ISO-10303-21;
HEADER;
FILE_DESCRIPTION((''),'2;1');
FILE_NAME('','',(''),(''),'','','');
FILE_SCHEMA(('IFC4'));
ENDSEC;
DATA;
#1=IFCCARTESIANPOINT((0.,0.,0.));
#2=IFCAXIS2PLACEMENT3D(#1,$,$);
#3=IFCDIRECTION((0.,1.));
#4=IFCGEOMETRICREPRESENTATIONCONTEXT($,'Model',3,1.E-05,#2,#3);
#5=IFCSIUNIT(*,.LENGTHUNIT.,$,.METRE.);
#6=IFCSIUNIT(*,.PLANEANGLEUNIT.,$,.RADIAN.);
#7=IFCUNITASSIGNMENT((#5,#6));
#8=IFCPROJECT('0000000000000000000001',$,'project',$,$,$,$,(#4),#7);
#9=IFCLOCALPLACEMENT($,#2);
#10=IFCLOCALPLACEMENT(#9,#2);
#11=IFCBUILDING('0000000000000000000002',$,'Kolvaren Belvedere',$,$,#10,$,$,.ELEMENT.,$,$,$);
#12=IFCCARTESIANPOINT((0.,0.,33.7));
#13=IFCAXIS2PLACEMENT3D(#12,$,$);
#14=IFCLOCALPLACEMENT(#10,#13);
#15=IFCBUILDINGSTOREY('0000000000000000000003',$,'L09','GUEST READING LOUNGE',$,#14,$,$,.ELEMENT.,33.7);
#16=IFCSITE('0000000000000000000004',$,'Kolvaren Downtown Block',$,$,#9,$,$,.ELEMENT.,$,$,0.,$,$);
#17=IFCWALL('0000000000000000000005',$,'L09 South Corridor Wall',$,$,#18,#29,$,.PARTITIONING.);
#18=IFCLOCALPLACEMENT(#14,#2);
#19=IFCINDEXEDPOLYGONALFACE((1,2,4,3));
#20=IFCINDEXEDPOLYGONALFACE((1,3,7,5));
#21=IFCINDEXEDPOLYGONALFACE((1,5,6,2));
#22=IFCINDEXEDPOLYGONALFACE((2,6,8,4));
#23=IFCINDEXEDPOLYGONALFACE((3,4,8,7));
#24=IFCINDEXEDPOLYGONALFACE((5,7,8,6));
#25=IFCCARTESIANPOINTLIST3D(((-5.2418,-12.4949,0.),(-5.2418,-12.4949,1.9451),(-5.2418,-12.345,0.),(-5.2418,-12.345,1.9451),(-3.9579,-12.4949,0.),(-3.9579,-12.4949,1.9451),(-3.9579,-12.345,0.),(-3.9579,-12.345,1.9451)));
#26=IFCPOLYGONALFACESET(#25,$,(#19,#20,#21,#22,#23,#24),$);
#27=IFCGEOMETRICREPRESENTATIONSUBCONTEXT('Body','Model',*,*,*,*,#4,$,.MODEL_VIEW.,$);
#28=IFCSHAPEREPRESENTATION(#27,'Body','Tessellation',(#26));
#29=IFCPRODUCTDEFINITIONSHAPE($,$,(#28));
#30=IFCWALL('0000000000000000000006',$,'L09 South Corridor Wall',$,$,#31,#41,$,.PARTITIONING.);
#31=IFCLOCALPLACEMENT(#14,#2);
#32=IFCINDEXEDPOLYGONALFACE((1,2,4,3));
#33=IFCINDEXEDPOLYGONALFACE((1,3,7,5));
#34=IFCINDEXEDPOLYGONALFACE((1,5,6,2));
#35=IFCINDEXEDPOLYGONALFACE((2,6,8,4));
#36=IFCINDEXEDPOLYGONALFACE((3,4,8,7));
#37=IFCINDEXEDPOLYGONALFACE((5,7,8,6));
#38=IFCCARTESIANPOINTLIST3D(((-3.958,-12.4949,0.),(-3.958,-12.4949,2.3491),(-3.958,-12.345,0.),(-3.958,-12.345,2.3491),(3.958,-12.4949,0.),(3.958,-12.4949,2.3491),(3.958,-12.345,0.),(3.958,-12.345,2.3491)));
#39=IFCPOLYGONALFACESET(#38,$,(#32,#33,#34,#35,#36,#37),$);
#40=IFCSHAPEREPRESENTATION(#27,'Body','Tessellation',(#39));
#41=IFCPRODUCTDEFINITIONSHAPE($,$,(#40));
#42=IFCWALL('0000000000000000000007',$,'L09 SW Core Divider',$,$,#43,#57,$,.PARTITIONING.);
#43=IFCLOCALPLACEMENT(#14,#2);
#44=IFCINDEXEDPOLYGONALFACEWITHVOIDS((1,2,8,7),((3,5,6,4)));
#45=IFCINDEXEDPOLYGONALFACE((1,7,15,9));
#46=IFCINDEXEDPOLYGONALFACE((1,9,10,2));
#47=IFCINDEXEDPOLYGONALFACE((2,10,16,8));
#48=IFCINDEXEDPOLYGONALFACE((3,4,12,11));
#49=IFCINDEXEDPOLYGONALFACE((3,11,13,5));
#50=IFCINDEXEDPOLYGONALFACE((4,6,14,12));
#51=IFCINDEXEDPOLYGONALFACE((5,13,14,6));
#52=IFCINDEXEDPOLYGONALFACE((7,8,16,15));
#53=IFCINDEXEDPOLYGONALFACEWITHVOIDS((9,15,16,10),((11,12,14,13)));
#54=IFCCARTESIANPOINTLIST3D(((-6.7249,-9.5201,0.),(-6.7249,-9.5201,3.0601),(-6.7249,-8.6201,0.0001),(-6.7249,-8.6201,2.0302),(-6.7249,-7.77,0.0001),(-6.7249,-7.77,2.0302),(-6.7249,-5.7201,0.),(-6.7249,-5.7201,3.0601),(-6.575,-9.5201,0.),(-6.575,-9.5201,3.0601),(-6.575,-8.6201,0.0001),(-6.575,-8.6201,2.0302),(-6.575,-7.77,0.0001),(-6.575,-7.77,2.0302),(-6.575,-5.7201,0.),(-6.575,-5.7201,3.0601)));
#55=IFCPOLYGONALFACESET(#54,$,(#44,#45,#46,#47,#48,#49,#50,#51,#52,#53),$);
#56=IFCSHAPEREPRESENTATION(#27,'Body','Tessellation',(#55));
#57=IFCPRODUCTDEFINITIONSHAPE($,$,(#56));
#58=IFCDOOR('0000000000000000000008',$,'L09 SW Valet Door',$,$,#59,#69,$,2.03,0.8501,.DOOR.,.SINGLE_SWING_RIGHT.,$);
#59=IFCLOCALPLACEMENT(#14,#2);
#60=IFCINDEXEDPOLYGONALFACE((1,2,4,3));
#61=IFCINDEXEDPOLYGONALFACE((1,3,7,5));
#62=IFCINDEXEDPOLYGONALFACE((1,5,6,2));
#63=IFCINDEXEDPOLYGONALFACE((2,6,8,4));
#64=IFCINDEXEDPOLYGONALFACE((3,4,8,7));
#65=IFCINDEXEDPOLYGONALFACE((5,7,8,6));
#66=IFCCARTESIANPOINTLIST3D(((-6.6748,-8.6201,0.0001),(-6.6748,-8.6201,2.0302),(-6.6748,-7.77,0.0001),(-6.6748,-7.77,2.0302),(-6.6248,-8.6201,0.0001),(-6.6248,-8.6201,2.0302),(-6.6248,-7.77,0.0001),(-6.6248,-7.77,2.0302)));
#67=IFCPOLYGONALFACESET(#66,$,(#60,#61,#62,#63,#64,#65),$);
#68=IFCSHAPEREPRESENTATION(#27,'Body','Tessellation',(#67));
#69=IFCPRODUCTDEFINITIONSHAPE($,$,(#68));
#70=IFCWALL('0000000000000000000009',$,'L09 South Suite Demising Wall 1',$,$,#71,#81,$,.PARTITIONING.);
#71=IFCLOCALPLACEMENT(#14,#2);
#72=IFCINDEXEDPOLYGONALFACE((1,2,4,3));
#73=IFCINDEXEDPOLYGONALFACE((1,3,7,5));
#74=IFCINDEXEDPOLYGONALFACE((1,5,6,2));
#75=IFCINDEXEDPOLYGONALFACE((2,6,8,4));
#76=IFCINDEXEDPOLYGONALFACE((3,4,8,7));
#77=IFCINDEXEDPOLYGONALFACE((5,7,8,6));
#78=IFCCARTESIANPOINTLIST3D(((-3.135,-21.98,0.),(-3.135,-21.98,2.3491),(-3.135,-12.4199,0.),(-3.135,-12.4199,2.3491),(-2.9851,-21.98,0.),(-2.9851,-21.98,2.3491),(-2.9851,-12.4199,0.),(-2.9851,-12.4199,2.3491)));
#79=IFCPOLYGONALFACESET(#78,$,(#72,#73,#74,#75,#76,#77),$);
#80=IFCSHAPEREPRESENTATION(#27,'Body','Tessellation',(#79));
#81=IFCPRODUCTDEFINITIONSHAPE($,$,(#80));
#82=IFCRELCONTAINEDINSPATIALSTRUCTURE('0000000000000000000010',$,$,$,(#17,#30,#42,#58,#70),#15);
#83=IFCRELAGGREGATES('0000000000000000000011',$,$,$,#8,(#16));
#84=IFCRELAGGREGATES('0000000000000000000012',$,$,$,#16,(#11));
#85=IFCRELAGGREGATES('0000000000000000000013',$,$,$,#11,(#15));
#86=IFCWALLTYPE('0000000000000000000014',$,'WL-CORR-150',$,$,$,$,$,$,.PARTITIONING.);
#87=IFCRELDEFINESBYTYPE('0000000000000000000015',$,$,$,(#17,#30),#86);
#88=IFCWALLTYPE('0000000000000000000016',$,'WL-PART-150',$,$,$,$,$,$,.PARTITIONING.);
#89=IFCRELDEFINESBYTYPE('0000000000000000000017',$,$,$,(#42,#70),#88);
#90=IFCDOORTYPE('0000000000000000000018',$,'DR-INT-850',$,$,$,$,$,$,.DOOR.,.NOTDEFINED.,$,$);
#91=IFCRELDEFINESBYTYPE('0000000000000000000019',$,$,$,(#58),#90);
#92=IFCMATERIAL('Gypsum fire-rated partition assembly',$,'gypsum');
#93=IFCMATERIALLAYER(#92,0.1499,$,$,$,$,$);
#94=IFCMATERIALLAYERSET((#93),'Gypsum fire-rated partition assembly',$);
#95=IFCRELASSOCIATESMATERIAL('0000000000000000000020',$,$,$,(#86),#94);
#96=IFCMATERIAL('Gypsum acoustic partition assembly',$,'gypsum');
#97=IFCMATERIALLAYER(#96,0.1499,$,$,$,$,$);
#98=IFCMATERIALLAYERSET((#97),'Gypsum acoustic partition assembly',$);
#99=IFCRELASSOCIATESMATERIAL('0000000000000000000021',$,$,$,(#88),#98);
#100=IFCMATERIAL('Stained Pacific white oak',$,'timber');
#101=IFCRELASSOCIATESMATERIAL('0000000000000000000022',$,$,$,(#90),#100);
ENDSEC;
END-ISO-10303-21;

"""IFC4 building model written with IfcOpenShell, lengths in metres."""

from ifc_helpers import new_model, si_unit, direction, frame, frame_2d, origin, place, context, subcontext, project, spatial, rectangle, extrude, material, layer, layer_set, type_object, element, fill, save


model = new_model("IFC4")

# Units and contexts
model_context = context("Model", 3, precision=1e-05, world=origin(), true_north=direction((0.0, 1.0)))
body_context = subcontext(model_context, "Body", "Model", "MODEL_VIEW")
ifc_project = project(units=[si_unit("LENGTHUNIT", "METRE"), si_unit("PLANEANGLEUNIT", "RADIAN")], contexts=[model_context])

# Site, building, storey
site_placement = place(None, origin())
site = spatial("IfcSite", under=ifc_project, at=site_placement, Name="Kolvaren Downtown Block", CompositionType="ELEMENT", RefElevation=0.0)
building_placement = place(site_placement, origin())
building = spatial("IfcBuilding", under=site, at=building_placement, Name="Kolvaren Belvedere", CompositionType="ELEMENT")
storey_placement = place(building_placement, frame((0.0, 0.0, 33.7)))
storey = spatial("IfcBuildingStorey", under=building, at=storey_placement, Name="L09", Description="GUEST READING LOUNGE", CompositionType="ELEMENT", Elevation=33.7)

# Shared definitions
ifc_material_1 = material(Name="Gypsum fire-rated partition assembly", Category="gypsum")
ifc_layer_1 = layer(ifc_material_1, 0.1499)
ifc_layer_set_1 = layer_set([ifc_layer_1], Name="Gypsum fire-rated partition assembly")
wall_type_1 = type_object("IfcWallType", Name="WL-CORR-150", PredefinedType="PARTITIONING", material=ifc_layer_set_1)

# Walls
wall_1_placement = place(storey_placement, frame((-5.2419, -12.4199, 0.0), z_axis=(0.0, 0.0, 1.0), x_axis=(1.0, 0.0, 0.0)))
element("IfcWall", 1, at=wall_1_placement, inside=storey, type_object=wall_type_1, Name="L09 South Corridor Wall", PredefinedType="PARTITIONING", context=body_context, shape_type="SweptSolid", body=[
    extrude(rectangle(XDim=1.2839, YDim=0.1499, at=frame_2d((0.6421, 0.0))), origin(), (0.0, 0.0, 1.0), 1.9451),
])
wall_2_placement = place(storey_placement, frame((-3.958, -12.4199, 0.0), z_axis=(0.0, 0.0, 1.0), x_axis=(1.0, 0.0, 0.0)))
element("IfcWall", 2, at=wall_2_placement, inside=storey, type_object=wall_type_1, Name="L09 South Corridor Wall", PredefinedType="PARTITIONING", context=body_context, shape_type="SweptSolid", body=[
    extrude(rectangle(XDim=7.916, YDim=0.1499, at=frame_2d((3.958, 0.0))), origin(), (0.0, 0.0, 1.0), 2.3491),
])

# Wall, opening, door
ifc_material_2 = material(Name="Gypsum acoustic partition assembly", Category="gypsum")
ifc_layer_2 = layer(ifc_material_2, 0.1499)
ifc_layer_set_2 = layer_set([ifc_layer_2], Name="Gypsum acoustic partition assembly")
wall_type_2 = type_object("IfcWallType", Name="WL-PART-150", PredefinedType="PARTITIONING", material=ifc_layer_set_2)
wall_3_placement = place(storey_placement, frame((-6.6499, -9.52, 0.0), z_axis=(0.0, 0.0, 1.0), x_axis=(0.0, 1.0, 0.0)))
wall_3 = element("IfcWall", 3, at=wall_3_placement, inside=storey, type_object=wall_type_2, Name="L09 SW Core Divider", PredefinedType="PARTITIONING", context=body_context, shape_type="SweptSolid", body=[
    extrude(rectangle(XDim=3.8, YDim=0.1499, at=frame_2d((1.8999, 0.0))), origin(), (0.0, 0.0, 1.0), 3.0601),
])
opening_1_placement = place(wall_3_placement, frame((0.8999, 0.0, 0.0)))
opening_1 = element("IfcOpeningElement", 4, at=opening_1_placement, cuts=wall_3, PredefinedType="OPENING", context=body_context, shape_type="SweptSolid", body=[
    extrude(rectangle(XDim=0.8501, YDim=2.03, at=frame_2d((0.425, 1.0151))), frame((0.0, 0.085, 0.0), z_axis=(0.0, -1.0, 0.0), x_axis=(1.0, 0.0, 0.0)), (0.0, 0.0, 1.0), 0.1699),
])
ifc_material_3 = material(Name="Stained Pacific white oak", Category="timber")
door_type_1 = type_object("IfcDoorType", Name="DR-INT-850", OperationType="NOTDEFINED", PredefinedType="DOOR", material=ifc_material_3)
door_1_placement = place(opening_1_placement, origin())
door_1 = element("IfcDoor", 5, at=door_1_placement, inside=storey, type_object=door_type_1, Name="L09 SW Valet Door", OperationType="SINGLE_SWING_RIGHT", OverallHeight=2.03, OverallWidth=0.8501, PredefinedType="DOOR", context=body_context, shape_type="SweptSolid", body=[
    extrude(rectangle(XDim=0.8501, YDim=2.03, at=frame_2d((0.425, 1.0151))), frame((0.0, 0.0249, 0.0), z_axis=(0.0, -1.0, 0.0), x_axis=(1.0, 0.0, 0.0)), (0.0, 0.0, 1.0), 0.05),
])
fill(opening_1, door_1)

# Wall
wall_4_placement = place(storey_placement, frame((-3.0601, -21.98, 0.0), z_axis=(0.0, 0.0, 1.0), x_axis=(0.0, 1.0, 0.0)))
element("IfcWall", 6, at=wall_4_placement, inside=storey, type_object=wall_type_2, Name="L09 South Suite Demising Wall 1", PredefinedType="PARTITIONING", context=body_context, shape_type="SweptSolid", body=[
    extrude(rectangle(XDim=9.5601, YDim=0.1499, at=frame_2d((4.78, 0.0))), origin(), (0.0, 0.0, 1.0), 2.3491),
])

save(model, "model.ifc")
